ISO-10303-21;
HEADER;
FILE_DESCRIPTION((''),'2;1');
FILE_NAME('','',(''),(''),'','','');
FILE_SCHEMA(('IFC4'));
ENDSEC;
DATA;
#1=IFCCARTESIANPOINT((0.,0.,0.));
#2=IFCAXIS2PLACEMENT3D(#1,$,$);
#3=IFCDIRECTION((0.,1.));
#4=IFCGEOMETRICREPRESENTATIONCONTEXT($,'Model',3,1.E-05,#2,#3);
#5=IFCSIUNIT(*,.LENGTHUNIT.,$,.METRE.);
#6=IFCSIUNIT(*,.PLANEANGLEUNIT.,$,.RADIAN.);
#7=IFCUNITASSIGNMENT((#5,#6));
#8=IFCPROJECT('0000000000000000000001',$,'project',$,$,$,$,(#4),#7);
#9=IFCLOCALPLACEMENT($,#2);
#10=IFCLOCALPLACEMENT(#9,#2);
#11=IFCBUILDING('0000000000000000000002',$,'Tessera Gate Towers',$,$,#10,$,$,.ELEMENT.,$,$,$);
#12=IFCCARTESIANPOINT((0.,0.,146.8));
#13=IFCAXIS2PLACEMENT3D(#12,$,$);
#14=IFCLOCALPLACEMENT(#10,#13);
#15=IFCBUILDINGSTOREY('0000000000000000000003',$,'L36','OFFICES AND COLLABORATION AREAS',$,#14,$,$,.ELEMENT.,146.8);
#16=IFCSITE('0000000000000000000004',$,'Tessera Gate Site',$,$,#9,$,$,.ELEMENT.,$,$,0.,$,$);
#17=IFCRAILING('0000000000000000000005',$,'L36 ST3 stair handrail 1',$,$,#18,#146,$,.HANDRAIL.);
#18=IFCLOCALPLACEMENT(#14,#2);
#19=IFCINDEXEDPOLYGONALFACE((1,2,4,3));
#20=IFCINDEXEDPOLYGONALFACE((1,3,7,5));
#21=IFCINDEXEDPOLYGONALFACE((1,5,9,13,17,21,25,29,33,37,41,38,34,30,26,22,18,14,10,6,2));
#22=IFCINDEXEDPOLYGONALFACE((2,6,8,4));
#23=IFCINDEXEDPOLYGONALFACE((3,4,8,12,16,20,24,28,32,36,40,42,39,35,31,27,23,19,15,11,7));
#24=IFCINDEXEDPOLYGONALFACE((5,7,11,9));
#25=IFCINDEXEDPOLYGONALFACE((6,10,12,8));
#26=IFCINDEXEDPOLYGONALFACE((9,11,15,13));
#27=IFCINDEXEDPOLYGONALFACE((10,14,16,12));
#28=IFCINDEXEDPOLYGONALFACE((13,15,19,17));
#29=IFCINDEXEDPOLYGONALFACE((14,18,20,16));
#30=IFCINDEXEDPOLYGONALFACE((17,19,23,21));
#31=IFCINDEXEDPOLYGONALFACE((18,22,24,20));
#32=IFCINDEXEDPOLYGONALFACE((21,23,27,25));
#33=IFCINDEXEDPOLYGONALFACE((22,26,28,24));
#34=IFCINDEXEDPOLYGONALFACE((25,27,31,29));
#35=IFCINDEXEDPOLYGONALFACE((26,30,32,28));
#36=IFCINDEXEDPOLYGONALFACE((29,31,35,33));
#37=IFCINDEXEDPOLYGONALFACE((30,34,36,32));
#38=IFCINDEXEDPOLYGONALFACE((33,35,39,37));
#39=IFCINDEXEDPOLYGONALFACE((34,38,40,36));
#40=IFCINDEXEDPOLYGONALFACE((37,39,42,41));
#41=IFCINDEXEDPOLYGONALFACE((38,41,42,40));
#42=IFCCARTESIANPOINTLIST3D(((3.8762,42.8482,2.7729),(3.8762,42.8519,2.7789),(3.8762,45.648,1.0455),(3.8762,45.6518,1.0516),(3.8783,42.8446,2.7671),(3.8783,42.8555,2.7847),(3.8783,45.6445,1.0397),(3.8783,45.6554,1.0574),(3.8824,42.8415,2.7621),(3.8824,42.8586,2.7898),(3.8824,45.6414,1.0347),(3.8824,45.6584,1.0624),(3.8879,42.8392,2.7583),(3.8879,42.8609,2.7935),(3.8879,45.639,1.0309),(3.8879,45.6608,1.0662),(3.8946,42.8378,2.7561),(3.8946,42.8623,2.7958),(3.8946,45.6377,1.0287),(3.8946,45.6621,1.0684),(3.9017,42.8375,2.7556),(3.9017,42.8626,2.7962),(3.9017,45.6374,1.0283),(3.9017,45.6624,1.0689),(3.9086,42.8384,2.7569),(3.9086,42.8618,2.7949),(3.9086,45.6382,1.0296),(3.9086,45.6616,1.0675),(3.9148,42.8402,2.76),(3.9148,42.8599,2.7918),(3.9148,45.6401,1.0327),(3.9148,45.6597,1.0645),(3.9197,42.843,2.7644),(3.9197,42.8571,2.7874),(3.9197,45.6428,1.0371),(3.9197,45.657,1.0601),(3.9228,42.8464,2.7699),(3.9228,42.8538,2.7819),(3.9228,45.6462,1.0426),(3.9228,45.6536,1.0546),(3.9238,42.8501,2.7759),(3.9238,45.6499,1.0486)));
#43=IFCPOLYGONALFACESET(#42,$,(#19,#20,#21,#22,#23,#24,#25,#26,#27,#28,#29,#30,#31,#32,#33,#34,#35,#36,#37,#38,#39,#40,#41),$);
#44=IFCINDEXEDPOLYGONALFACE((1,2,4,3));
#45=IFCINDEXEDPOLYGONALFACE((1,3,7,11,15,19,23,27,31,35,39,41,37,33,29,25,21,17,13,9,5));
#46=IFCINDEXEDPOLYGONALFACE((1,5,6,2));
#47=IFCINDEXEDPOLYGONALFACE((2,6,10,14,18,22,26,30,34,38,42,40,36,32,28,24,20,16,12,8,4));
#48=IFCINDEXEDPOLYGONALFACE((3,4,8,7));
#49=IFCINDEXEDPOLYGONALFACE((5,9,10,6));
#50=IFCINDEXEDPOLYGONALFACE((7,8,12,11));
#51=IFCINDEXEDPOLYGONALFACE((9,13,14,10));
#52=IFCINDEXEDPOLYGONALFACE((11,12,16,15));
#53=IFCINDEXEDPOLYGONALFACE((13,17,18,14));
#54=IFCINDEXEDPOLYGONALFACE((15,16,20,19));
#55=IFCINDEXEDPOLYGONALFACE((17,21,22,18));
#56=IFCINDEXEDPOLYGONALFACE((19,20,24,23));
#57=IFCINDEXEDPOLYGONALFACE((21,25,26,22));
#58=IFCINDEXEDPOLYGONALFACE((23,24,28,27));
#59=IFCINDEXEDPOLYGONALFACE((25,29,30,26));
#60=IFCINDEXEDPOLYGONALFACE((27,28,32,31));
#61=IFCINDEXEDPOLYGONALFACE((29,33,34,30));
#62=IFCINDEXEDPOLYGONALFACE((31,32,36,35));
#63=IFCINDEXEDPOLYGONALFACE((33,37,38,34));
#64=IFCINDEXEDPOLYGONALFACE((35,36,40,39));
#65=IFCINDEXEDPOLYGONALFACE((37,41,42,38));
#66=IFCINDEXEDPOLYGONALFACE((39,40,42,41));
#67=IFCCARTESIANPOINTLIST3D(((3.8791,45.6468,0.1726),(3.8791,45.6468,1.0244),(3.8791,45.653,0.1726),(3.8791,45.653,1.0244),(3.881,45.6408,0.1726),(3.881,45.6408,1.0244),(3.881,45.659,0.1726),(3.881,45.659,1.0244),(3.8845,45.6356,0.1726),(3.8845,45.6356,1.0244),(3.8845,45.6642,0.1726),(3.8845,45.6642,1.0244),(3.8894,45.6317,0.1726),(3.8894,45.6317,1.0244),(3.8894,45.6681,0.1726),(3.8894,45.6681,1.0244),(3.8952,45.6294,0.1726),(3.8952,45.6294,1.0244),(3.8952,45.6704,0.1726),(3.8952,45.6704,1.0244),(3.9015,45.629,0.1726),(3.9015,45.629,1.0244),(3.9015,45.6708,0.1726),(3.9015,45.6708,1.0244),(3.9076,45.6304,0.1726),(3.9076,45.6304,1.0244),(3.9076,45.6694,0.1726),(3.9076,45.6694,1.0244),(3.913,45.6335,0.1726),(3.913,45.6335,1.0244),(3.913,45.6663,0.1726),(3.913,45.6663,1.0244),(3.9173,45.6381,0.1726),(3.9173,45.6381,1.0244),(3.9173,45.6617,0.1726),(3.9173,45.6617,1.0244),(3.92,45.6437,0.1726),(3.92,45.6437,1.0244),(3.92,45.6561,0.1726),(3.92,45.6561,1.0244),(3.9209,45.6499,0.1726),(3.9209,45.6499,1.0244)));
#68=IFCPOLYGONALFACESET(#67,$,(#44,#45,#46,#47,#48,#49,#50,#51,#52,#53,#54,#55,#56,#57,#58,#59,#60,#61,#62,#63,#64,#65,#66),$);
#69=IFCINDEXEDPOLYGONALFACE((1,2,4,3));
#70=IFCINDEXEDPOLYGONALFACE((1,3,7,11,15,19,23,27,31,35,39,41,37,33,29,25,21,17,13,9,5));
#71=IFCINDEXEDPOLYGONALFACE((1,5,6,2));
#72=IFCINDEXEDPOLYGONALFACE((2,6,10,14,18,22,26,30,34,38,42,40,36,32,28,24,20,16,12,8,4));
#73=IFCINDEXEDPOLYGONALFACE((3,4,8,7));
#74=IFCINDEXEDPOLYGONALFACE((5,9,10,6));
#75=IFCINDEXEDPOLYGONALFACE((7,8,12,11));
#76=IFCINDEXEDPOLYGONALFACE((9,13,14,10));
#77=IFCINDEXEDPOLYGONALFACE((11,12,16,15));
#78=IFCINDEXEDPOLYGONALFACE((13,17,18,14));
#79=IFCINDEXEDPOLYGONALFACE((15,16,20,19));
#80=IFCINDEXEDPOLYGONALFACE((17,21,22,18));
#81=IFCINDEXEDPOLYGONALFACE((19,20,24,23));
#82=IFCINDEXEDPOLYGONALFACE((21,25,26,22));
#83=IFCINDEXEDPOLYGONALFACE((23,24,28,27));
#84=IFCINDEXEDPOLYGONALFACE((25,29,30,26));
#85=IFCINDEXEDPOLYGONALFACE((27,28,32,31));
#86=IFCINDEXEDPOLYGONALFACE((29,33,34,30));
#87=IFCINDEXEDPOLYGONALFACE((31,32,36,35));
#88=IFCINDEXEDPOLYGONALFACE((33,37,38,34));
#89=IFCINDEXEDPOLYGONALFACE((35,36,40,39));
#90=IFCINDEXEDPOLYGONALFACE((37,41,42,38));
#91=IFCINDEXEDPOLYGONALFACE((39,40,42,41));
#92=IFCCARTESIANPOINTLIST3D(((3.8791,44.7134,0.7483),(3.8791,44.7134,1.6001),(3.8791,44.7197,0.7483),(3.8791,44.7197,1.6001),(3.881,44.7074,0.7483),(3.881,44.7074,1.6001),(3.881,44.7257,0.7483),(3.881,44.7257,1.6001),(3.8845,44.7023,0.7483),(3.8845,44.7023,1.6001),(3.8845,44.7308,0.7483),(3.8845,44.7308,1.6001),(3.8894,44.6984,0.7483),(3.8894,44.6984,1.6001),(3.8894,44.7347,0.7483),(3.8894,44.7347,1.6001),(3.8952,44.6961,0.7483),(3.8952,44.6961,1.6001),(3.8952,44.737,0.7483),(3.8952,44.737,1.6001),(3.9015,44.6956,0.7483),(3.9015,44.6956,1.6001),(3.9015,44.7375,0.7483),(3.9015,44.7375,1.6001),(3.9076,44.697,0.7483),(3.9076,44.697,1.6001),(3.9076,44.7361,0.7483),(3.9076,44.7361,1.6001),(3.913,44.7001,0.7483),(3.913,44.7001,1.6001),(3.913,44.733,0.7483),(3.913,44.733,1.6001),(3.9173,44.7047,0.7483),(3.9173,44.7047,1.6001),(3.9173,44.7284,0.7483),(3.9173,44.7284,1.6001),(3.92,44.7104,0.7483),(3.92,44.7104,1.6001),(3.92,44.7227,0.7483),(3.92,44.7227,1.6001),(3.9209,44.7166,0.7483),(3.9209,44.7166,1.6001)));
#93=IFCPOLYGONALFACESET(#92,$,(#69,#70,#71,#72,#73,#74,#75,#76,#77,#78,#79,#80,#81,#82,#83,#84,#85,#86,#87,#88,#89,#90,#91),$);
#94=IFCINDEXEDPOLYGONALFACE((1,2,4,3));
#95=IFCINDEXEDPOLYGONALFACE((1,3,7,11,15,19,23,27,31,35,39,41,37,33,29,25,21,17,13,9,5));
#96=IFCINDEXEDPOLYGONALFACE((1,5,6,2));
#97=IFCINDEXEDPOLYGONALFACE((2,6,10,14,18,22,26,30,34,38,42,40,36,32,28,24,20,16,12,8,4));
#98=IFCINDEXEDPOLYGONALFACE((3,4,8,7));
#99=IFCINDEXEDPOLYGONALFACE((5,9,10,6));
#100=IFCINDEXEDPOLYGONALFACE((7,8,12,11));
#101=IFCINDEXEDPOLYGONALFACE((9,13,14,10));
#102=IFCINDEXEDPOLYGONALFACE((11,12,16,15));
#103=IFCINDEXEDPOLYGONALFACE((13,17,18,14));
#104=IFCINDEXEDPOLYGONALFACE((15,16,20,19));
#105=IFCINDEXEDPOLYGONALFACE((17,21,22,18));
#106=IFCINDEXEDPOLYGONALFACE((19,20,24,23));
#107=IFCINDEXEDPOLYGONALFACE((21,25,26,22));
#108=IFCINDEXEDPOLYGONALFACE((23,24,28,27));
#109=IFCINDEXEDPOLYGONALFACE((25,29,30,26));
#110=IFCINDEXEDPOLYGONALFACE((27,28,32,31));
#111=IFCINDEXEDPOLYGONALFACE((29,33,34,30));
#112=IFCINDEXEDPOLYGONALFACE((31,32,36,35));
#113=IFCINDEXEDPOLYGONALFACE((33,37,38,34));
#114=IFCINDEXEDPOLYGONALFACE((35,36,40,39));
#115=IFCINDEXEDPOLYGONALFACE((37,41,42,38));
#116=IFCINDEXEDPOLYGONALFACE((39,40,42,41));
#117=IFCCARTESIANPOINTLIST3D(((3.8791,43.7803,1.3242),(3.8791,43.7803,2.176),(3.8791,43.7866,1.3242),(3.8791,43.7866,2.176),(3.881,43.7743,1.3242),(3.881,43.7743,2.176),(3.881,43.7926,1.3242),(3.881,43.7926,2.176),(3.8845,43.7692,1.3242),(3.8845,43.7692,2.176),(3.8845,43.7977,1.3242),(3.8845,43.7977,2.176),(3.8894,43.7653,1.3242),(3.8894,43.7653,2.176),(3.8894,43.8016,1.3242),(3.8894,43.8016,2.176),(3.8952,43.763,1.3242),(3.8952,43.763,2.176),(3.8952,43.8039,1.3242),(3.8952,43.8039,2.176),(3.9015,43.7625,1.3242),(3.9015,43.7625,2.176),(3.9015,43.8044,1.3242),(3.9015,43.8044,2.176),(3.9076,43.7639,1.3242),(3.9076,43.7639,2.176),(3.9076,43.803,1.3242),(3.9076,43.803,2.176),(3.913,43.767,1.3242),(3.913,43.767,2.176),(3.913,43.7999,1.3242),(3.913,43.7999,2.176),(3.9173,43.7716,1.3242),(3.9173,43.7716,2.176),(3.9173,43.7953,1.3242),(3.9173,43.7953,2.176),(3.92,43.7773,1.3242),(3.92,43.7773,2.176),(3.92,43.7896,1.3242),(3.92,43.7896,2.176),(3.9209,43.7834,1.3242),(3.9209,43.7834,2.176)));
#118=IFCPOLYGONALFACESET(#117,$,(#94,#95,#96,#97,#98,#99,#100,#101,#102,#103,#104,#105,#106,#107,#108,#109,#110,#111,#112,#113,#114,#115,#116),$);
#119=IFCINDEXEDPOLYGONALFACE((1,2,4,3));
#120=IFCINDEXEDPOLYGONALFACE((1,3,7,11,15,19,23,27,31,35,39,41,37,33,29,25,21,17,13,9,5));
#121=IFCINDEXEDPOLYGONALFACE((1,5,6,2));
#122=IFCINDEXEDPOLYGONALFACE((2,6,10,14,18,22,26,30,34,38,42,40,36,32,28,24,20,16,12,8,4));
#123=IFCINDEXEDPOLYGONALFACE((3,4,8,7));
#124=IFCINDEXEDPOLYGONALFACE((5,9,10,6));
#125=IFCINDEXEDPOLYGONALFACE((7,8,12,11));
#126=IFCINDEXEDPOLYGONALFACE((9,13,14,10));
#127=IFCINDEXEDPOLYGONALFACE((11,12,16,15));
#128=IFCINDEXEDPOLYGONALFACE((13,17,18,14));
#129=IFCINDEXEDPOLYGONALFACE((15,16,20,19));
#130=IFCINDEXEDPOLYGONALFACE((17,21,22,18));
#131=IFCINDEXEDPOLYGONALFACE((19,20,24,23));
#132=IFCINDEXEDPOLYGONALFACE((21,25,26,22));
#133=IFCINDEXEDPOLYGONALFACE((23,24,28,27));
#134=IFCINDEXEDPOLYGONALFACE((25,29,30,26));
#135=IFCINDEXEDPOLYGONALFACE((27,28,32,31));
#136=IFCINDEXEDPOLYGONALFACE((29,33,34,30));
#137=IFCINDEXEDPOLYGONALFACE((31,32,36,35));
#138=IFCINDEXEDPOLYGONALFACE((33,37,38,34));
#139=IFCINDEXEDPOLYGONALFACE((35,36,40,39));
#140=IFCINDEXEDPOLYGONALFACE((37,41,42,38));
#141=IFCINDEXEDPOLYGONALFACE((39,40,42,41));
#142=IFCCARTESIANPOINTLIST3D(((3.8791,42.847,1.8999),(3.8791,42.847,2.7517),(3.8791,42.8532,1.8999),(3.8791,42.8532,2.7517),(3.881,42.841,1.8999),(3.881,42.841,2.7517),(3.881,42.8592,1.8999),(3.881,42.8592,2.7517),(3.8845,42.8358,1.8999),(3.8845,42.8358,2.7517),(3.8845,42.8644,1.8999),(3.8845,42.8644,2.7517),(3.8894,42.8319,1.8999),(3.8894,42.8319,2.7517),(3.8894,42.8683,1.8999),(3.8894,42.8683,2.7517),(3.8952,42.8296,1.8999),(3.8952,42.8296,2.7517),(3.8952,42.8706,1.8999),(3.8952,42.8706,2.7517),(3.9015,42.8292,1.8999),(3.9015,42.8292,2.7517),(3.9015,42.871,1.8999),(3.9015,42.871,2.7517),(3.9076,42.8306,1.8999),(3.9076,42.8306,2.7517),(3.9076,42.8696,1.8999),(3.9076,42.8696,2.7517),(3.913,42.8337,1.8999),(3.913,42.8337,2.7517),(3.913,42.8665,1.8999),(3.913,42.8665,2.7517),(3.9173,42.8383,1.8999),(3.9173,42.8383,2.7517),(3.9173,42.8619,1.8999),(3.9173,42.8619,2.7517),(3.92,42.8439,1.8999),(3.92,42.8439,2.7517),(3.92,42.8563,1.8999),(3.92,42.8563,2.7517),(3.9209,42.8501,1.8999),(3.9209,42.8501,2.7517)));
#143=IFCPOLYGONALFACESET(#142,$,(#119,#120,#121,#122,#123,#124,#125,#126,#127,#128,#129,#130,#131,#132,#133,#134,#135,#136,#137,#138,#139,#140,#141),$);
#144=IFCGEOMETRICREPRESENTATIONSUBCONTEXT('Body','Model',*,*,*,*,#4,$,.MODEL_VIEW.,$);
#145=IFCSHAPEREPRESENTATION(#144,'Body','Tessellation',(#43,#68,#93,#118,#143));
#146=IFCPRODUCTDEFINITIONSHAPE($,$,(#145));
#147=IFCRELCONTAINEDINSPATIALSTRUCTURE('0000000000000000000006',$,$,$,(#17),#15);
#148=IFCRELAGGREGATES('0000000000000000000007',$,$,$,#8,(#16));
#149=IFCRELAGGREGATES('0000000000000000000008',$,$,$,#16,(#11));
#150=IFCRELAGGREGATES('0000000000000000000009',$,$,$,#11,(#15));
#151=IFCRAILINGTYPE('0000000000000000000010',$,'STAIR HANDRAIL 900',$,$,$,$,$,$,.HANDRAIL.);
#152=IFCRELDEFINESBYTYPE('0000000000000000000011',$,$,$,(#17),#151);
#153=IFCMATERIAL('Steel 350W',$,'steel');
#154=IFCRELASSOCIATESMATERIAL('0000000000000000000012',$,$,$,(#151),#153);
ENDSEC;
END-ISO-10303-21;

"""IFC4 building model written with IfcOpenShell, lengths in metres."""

from ifc_helpers import new_model, si_unit, direction, frame, origin, origin_2d, place, context, subcontext, project, spatial, circle, extrude, material, type_object, element, save


model = new_model("IFC4")

# Units and contexts
model_context = context("Model", 3, precision=1e-05, world=origin(), true_north=direction((0.0, 1.0)))
body_context = subcontext(model_context, "Body", "Model", "MODEL_VIEW")
ifc_project = project(units=[si_unit("LENGTHUNIT", "METRE"), si_unit("PLANEANGLEUNIT", "RADIAN")], contexts=[model_context])

# Site, building, storey
site_placement = place(None, origin())
site = spatial("IfcSite", under=ifc_project, at=site_placement, Name="Tessera Gate Site", CompositionType="ELEMENT", RefElevation=0.0)
building_placement = place(site_placement, origin())
building = spatial("IfcBuilding", under=site, at=building_placement, Name="Tessera Gate Towers", CompositionType="ELEMENT")
storey_placement = place(building_placement, frame((0.0, 0.0, 146.8)))
storey = spatial("IfcBuildingStorey", under=building, at=storey_placement, Name="L36", Description="OFFICES AND COLLABORATION AREAS", CompositionType="ELEMENT", Elevation=146.8)

# Railing
ifc_material_1 = material(Name="Steel 350W", Category="steel")
railing_type = type_object("IfcRailingType", Name="STAIR HANDRAIL 900", PredefinedType="HANDRAIL", material=ifc_material_1)
railing_1_placement = place(storey_placement, frame((3.8999, 45.6499, 0.1726)))
element("IfcRailing", 1, at=railing_1_placement, inside=storey, type_object=railing_type, Name="L36 ST3 stair handrail 1", PredefinedType="HANDRAIL", context=body_context, shape_type="SweptSolid", body=[
    extrude(circle(Radius=0.0239, at=origin_2d()), frame((0.0, 0.0, 0.876), z_axis=(0.0, -0.851069, 0.525054), x_axis=(1.0, 0.0, 0.0)), (0.0, 0.0, 1.0), 3.2898),
    extrude(circle(Radius=0.021, at=origin_2d()), origin(), (0.0, 0.0, 1.0), 0.8518),
    extrude(circle(Radius=0.021, at=origin_2d()), frame((0.0, -0.9333, 0.5757)), (0.0, 0.0, 1.0), 0.8518),
    extrude(circle(Radius=0.021, at=origin_2d()), frame((0.0, -1.8665, 1.1516)), (0.0, 0.0, 1.0), 0.8518),
    extrude(circle(Radius=0.021, at=origin_2d()), frame((0.0, -2.7998, 1.7273)), (0.0, 0.0, 1.0), 0.8518),
])

save(model, "model.ifc")
